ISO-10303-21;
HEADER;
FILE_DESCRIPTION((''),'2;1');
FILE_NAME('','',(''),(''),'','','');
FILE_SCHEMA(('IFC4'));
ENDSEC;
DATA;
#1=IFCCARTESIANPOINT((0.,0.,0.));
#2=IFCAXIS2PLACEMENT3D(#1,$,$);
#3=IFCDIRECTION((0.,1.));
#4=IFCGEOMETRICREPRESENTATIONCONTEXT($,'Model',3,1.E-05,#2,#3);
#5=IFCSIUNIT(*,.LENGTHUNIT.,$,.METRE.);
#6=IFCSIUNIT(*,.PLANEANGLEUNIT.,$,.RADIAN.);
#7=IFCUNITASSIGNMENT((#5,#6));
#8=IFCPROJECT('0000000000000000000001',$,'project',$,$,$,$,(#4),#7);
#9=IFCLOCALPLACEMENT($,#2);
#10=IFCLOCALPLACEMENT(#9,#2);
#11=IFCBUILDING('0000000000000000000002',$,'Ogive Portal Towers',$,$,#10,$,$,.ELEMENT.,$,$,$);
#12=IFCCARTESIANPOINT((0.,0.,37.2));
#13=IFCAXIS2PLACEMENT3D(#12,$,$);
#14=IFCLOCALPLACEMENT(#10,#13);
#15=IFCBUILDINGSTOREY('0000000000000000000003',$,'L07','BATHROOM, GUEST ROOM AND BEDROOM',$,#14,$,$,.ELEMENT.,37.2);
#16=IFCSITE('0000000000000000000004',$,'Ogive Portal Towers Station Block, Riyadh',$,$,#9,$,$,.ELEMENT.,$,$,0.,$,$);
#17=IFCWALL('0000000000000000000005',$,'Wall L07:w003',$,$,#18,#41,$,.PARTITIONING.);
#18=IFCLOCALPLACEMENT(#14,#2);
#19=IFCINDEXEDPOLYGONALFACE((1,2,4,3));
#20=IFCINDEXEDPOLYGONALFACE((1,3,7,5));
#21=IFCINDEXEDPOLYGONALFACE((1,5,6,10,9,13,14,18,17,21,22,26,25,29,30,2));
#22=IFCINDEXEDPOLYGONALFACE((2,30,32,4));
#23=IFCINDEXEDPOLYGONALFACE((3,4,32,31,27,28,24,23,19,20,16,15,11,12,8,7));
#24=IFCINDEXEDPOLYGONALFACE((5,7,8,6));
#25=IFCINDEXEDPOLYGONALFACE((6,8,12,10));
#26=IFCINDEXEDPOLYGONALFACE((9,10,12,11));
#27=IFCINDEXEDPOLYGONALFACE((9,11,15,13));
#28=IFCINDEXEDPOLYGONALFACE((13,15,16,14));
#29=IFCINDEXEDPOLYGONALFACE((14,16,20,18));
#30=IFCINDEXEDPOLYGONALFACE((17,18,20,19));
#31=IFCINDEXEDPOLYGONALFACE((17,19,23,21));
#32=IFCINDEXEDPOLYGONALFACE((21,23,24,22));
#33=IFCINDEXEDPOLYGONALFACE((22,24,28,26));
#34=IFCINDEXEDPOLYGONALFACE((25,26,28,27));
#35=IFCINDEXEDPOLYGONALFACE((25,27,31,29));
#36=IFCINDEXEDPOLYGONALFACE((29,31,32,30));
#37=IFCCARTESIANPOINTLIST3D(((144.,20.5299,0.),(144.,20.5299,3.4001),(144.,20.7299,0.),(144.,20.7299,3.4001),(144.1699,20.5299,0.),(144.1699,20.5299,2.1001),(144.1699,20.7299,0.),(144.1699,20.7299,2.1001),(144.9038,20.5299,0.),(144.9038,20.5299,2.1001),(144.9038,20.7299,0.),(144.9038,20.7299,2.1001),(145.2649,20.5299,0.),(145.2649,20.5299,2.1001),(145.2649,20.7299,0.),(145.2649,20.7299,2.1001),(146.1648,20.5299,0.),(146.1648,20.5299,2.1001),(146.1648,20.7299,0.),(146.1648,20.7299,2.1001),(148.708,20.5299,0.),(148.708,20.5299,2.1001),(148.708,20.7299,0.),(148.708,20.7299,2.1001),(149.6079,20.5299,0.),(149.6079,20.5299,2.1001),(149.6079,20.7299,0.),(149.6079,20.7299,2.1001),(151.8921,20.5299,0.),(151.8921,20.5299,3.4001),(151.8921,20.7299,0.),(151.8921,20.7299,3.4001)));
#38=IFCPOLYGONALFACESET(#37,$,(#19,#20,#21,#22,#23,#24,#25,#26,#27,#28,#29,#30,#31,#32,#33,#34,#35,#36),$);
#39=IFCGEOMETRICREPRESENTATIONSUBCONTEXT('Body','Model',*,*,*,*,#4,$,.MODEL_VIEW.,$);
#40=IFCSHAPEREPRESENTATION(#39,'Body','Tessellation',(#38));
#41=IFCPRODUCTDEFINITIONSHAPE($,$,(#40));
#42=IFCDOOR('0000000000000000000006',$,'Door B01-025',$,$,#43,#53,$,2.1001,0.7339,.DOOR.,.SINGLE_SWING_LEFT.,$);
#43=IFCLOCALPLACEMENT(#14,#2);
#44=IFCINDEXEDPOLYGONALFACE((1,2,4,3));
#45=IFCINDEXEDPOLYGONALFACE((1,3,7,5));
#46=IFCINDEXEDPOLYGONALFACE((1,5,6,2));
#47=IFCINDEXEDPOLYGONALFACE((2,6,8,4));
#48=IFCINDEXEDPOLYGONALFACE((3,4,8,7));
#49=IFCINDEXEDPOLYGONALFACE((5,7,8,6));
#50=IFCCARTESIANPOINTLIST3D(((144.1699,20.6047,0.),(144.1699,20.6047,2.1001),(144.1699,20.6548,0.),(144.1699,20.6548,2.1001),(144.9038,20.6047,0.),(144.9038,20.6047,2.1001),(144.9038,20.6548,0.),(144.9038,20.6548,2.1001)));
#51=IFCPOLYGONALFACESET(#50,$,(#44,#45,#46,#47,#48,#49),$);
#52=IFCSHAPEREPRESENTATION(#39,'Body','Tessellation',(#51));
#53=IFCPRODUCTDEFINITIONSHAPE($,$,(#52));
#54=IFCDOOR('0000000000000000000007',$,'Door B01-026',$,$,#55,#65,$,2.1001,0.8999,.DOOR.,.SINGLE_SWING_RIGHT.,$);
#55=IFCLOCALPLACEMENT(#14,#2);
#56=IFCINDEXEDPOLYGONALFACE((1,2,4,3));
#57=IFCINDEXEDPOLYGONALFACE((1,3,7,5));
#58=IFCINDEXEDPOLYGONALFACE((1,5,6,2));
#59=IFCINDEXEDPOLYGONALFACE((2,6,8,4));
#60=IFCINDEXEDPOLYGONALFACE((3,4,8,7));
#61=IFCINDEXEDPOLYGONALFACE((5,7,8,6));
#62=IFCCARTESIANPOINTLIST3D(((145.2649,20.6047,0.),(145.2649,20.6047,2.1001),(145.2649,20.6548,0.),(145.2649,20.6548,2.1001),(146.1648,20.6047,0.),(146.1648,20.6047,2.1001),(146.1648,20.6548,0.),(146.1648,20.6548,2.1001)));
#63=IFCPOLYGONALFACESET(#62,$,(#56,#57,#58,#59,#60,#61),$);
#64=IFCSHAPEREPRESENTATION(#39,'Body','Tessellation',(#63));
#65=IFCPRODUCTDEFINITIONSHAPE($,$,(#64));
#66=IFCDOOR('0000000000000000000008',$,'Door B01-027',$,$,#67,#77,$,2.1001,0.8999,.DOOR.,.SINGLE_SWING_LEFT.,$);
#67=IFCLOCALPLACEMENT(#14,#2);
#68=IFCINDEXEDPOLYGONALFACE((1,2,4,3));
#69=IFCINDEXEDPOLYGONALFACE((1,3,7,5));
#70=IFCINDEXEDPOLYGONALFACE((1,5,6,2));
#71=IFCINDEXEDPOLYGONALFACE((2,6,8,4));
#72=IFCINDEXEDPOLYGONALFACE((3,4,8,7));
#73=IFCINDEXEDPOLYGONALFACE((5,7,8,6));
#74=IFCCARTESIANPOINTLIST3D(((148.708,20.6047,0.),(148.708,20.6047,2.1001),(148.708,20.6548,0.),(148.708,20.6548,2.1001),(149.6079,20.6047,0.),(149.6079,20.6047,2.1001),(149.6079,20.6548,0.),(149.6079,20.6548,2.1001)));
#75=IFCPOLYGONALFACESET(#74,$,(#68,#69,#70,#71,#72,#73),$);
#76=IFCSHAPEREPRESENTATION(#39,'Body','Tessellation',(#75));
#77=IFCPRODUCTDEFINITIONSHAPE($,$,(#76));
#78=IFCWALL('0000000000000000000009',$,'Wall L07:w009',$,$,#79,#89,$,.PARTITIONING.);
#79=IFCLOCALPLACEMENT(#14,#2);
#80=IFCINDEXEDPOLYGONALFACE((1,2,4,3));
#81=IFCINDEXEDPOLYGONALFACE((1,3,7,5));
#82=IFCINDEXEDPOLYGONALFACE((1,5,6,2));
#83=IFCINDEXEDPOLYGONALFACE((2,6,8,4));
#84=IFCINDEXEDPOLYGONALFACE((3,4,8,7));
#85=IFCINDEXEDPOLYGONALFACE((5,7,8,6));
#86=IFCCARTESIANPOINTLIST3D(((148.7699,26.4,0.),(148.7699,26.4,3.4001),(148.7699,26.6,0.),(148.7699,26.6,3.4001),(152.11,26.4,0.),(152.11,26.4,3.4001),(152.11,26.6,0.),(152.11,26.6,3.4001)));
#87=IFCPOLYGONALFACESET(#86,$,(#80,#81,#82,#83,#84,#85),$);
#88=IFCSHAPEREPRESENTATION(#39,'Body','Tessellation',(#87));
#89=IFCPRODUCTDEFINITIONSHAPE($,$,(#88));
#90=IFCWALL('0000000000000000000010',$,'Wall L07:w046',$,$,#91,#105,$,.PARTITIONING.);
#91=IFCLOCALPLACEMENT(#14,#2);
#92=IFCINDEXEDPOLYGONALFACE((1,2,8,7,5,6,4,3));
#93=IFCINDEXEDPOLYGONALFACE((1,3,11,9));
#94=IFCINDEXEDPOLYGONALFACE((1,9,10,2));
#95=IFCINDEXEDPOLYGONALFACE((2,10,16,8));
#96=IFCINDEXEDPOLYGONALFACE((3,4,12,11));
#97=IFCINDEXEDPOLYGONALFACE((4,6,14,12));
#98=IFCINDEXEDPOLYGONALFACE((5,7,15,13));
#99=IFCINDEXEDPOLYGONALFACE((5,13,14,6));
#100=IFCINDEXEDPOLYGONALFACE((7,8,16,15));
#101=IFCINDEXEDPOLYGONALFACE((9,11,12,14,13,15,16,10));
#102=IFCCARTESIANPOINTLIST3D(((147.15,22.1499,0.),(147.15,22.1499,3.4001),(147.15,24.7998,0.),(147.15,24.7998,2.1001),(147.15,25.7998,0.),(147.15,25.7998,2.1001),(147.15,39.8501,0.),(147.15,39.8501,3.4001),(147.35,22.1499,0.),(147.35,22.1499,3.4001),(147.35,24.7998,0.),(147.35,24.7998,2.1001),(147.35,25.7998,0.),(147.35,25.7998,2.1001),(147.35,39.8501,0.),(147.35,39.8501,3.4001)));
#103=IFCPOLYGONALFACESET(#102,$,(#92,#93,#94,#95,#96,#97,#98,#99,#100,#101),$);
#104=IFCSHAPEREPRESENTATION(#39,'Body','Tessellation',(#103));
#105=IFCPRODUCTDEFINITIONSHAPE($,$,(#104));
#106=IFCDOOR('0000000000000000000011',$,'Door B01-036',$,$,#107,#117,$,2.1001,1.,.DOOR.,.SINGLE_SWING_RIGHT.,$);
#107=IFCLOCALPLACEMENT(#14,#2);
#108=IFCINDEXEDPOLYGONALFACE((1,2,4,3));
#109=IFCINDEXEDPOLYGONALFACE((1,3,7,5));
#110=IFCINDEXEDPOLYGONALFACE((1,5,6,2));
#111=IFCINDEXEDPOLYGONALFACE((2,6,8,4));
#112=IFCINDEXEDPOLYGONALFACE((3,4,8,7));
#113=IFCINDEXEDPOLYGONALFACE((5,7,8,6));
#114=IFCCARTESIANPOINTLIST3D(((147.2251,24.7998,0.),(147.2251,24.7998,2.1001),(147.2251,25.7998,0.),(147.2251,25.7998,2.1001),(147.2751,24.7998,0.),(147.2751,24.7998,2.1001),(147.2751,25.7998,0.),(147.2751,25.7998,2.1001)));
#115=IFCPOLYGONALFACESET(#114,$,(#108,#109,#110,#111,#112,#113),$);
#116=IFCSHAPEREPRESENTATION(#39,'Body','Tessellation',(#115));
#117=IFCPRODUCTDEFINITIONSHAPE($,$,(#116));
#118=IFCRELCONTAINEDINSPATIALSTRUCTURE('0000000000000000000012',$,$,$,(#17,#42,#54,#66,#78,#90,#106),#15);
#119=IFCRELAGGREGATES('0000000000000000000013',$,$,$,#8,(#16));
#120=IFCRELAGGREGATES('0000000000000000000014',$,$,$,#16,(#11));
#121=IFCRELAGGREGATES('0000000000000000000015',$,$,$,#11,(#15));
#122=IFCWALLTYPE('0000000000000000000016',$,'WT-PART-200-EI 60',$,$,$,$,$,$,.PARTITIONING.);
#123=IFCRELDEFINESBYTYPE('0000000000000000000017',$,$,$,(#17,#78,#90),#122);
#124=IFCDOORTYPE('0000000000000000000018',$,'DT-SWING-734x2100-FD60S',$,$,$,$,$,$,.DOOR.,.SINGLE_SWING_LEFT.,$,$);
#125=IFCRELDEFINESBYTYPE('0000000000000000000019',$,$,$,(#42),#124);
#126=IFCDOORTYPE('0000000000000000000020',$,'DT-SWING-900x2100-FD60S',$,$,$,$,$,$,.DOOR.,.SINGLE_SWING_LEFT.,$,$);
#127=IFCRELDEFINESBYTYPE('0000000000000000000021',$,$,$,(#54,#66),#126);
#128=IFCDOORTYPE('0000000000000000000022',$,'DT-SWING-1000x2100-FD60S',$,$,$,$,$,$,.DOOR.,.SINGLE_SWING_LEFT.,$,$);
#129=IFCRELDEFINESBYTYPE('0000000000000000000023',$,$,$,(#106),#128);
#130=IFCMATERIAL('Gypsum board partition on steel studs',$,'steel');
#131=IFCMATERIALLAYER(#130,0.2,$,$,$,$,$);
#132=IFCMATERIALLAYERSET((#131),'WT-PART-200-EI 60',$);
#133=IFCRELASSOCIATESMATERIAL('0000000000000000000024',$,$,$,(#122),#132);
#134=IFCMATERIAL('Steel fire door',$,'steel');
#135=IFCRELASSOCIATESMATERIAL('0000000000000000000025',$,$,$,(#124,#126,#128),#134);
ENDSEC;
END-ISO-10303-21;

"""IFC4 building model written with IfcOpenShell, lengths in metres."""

from ifc_helpers import new_model, si_unit, direction, frame, frame_2d, origin, place, context, subcontext, project, spatial, rectangle, extrude, material, layer, layer_set, type_object, element, fill, save


model = new_model("IFC4")

# Units and contexts
model_context = context("Model", 3, precision=1e-05, world=origin(), true_north=direction((0.0, 1.0)))
body_context = subcontext(model_context, "Body", "Model", "MODEL_VIEW")
ifc_project = project(units=[si_unit("LENGTHUNIT", "METRE"), si_unit("PLANEANGLEUNIT", "RADIAN")], contexts=[model_context])

# Site, building, storey
site_placement = place(None, origin())
site = spatial("IfcSite", under=ifc_project, at=site_placement, Name="Ogive Portal Towers Station Block, Riyadh", CompositionType="ELEMENT", RefElevation=0.0)
building_placement = place(site_placement, origin())
building = spatial("IfcBuilding", under=site, at=building_placement, Name="Ogive Portal Towers", CompositionType="ELEMENT")
storey_placement = place(building_placement, frame((0.0, 0.0, 37.2)))
storey = spatial("IfcBuildingStorey", under=building, at=storey_placement, Name="L07", Description="BATHROOM, GUEST ROOM AND BEDROOM", CompositionType="ELEMENT", Elevation=37.2)

# Wall, openings, doors
ifc_material_1 = material(Name="Gypsum board partition on steel studs", Category="steel")
ifc_layer_1 = layer(ifc_material_1, 0.2)
ifc_layer_set_1 = layer_set([ifc_layer_1], Name="WT-PART-200-EI 60")
wall_type_1 = type_object("IfcWallType", Name="WT-PART-200-EI 60", PredefinedType="PARTITIONING", material=ifc_layer_set_1)
wall_1_placement = place(storey_placement, frame((144.0, 20.6299, 0.0), z_axis=(0.0, 0.0, 1.0), x_axis=(1.0, 0.0, 0.0)))
wall_1 = element("IfcWall", 1, at=wall_1_placement, inside=storey, type_object=wall_type_1, Name="Wall L07:w003", PredefinedType="PARTITIONING", context=body_context, shape_type="SweptSolid", body=[
    extrude(rectangle(XDim=7.8921, YDim=0.2, at=frame_2d((3.946, 0.0))), origin(), (0.0, 0.0, 1.0), 3.4001),
])
opening_1_placement = place(wall_1_placement, frame((0.1699, 0.0, 0.0)))
opening_1 = element("IfcOpeningElement", 2, at=opening_1_placement, cuts=wall_1, PredefinedType="OPENING", context=body_context, shape_type="SweptSolid", body=[
    extrude(rectangle(XDim=0.7339, YDim=2.1001, at=frame_2d((0.3669, 1.05))), frame((0.0, 0.1099, 0.0), z_axis=(0.0, -1.0, 0.0), x_axis=(1.0, 0.0, 0.0)), (0.0, 0.0, 1.0), 0.22),
])
opening_2_placement = place(wall_1_placement, frame((1.2649, 0.0, 0.0)))
opening_2 = element("IfcOpeningElement", 3, at=opening_2_placement, cuts=wall_1, PredefinedType="OPENING", context=body_context, shape_type="SweptSolid", body=[
    extrude(rectangle(XDim=0.8999, YDim=2.1001, at=frame_2d((0.45, 1.05))), frame((0.0, 0.1099, 0.0), z_axis=(0.0, -1.0, 0.0), x_axis=(1.0, 0.0, 0.0)), (0.0, 0.0, 1.0), 0.22),
])
opening_3_placement = place(wall_1_placement, frame((4.708, 0.0, 0.0)))
opening_3 = element("IfcOpeningElement", 4, at=opening_3_placement, cuts=wall_1, PredefinedType="OPENING", context=body_context, shape_type="SweptSolid", body=[
    extrude(rectangle(XDim=0.8999, YDim=2.1001, at=frame_2d((0.45, 1.05))), frame((0.0, 0.1099, 0.0), z_axis=(0.0, -1.0, 0.0), x_axis=(1.0, 0.0, 0.0)), (0.0, 0.0, 1.0), 0.22),
])
ifc_material_2 = material(Name="Steel fire door", Category="steel")
door_type_1 = type_object("IfcDoorType", Name="DT-SWING-734x2100-FD60S", OperationType="SINGLE_SWING_LEFT", PredefinedType="DOOR", material=ifc_material_2)
door_1_placement = place(opening_1_placement, origin())
door_1 = element("IfcDoor", 5, at=door_1_placement, inside=storey, type_object=door_type_1, Name="Door B01-025", OperationType="SINGLE_SWING_LEFT", OverallHeight=2.1001, OverallWidth=0.7339, PredefinedType="DOOR", context=body_context, shape_type="SweptSolid", body=[
    extrude(rectangle(XDim=0.7339, YDim=2.1001, at=frame_2d((0.3669, 1.05))), frame((0.0, 0.0249, 0.0), z_axis=(0.0, -1.0, 0.0), x_axis=(1.0, 0.0, 0.0)), (0.0, 0.0, 1.0), 0.05),
])
fill(opening_1, door_1)
door_type_2 = type_object("IfcDoorType", Name="DT-SWING-900x2100-FD60S", OperationType="SINGLE_SWING_LEFT", PredefinedType="DOOR", material=ifc_material_2)
door_2_placement = place(opening_2_placement, origin())
door_2 = element("IfcDoor", 6, at=door_2_placement, inside=storey, type_object=door_type_2, Name="Door B01-026", OperationType="SINGLE_SWING_RIGHT", OverallHeight=2.1001, OverallWidth=0.8999, PredefinedType="DOOR", context=body_context, shape_type="SweptSolid", body=[
    extrude(rectangle(XDim=0.8999, YDim=2.1001, at=frame_2d((0.45, 1.05))), frame((0.0, 0.0249, 0.0), z_axis=(0.0, -1.0, 0.0), x_axis=(1.0, 0.0, 0.0)), (0.0, 0.0, 1.0), 0.05),
])
fill(opening_2, door_2)
door_3_placement = place(opening_3_placement, origin())
door_3 = element("IfcDoor", 7, at=door_3_placement, inside=storey, type_object=door_type_2, Name="Door B01-027", OperationType="SINGLE_SWING_LEFT", OverallHeight=2.1001, OverallWidth=0.8999, PredefinedType="DOOR", context=body_context, shape_type="SweptSolid", body=[
    extrude(rectangle(XDim=0.8999, YDim=2.1001, at=frame_2d((0.45, 1.05))), frame((0.0, 0.0249, 0.0), z_axis=(0.0, -1.0, 0.0), x_axis=(1.0, 0.0, 0.0)), (0.0, 0.0, 1.0), 0.05),
])
fill(opening_3, door_3)

# Wall
wall_2_placement = place(storey_placement, frame((148.77, 26.5, 0.0), z_axis=(0.0, 0.0, 1.0), x_axis=(1.0, 0.0, 0.0)))
element("IfcWall", 8, at=wall_2_placement, inside=storey, type_object=wall_type_1, Name="Wall L07:w009", PredefinedType="PARTITIONING", context=body_context, shape_type="SweptSolid", body=[
    extrude(rectangle(XDim=3.3401, YDim=0.2, at=frame_2d((1.6699, 0.0))), origin(), (0.0, 0.0, 1.0), 3.4001),
])

# Wall, opening, door
wall_3_placement = place(storey_placement, frame((147.25, 22.1499, 0.0), z_axis=(0.0, 0.0, 1.0), x_axis=(0.0, 1.0, 0.0)))
wall_3 = element("IfcWall", 9, at=wall_3_placement, inside=storey, type_object=wall_type_1, Name="Wall L07:w046", PredefinedType="PARTITIONING", context=body_context, shape_type="SweptSolid", body=[
    extrude(rectangle(XDim=17.7002, YDim=0.2, at=frame_2d((8.8501, 0.0))), origin(), (0.0, 0.0, 1.0), 3.4001),
])
opening_4_placement = place(wall_3_placement, frame((2.6499, 0.0, 0.0)))
opening_4 = element("IfcOpeningElement", 10, at=opening_4_placement, cuts=wall_3, PredefinedType="OPENING", context=body_context, shape_type="SweptSolid", body=[
    extrude(rectangle(XDim=1.0, YDim=2.1001, at=frame_2d((0.5, 1.05))), frame((0.0, 0.1099, 0.0), z_axis=(0.0, -1.0, 0.0), x_axis=(1.0, 0.0, 0.0)), (0.0, 0.0, 1.0), 0.22),
])
door_type_3 = type_object("IfcDoorType", Name="DT-SWING-1000x2100-FD60S", OperationType="SINGLE_SWING_LEFT", PredefinedType="DOOR", material=ifc_material_2)
door_4_placement = place(opening_4_placement, origin())
door_4 = element("IfcDoor", 11, at=door_4_placement, inside=storey, type_object=door_type_3, Name="Door B01-036", OperationType="SINGLE_SWING_RIGHT", OverallHeight=2.1001, OverallWidth=1.0, PredefinedType="DOOR", context=body_context, shape_type="SweptSolid", body=[
    extrude(rectangle(XDim=1.0, YDim=2.1001, at=frame_2d((0.5, 1.05))), frame((0.0, 0.0249, 0.0), z_axis=(0.0, -1.0, 0.0), x_axis=(1.0, 0.0, 0.0)), (0.0, 0.0, 1.0), 0.05),
])
fill(opening_4, door_4)

save(model, "model.ifc")
